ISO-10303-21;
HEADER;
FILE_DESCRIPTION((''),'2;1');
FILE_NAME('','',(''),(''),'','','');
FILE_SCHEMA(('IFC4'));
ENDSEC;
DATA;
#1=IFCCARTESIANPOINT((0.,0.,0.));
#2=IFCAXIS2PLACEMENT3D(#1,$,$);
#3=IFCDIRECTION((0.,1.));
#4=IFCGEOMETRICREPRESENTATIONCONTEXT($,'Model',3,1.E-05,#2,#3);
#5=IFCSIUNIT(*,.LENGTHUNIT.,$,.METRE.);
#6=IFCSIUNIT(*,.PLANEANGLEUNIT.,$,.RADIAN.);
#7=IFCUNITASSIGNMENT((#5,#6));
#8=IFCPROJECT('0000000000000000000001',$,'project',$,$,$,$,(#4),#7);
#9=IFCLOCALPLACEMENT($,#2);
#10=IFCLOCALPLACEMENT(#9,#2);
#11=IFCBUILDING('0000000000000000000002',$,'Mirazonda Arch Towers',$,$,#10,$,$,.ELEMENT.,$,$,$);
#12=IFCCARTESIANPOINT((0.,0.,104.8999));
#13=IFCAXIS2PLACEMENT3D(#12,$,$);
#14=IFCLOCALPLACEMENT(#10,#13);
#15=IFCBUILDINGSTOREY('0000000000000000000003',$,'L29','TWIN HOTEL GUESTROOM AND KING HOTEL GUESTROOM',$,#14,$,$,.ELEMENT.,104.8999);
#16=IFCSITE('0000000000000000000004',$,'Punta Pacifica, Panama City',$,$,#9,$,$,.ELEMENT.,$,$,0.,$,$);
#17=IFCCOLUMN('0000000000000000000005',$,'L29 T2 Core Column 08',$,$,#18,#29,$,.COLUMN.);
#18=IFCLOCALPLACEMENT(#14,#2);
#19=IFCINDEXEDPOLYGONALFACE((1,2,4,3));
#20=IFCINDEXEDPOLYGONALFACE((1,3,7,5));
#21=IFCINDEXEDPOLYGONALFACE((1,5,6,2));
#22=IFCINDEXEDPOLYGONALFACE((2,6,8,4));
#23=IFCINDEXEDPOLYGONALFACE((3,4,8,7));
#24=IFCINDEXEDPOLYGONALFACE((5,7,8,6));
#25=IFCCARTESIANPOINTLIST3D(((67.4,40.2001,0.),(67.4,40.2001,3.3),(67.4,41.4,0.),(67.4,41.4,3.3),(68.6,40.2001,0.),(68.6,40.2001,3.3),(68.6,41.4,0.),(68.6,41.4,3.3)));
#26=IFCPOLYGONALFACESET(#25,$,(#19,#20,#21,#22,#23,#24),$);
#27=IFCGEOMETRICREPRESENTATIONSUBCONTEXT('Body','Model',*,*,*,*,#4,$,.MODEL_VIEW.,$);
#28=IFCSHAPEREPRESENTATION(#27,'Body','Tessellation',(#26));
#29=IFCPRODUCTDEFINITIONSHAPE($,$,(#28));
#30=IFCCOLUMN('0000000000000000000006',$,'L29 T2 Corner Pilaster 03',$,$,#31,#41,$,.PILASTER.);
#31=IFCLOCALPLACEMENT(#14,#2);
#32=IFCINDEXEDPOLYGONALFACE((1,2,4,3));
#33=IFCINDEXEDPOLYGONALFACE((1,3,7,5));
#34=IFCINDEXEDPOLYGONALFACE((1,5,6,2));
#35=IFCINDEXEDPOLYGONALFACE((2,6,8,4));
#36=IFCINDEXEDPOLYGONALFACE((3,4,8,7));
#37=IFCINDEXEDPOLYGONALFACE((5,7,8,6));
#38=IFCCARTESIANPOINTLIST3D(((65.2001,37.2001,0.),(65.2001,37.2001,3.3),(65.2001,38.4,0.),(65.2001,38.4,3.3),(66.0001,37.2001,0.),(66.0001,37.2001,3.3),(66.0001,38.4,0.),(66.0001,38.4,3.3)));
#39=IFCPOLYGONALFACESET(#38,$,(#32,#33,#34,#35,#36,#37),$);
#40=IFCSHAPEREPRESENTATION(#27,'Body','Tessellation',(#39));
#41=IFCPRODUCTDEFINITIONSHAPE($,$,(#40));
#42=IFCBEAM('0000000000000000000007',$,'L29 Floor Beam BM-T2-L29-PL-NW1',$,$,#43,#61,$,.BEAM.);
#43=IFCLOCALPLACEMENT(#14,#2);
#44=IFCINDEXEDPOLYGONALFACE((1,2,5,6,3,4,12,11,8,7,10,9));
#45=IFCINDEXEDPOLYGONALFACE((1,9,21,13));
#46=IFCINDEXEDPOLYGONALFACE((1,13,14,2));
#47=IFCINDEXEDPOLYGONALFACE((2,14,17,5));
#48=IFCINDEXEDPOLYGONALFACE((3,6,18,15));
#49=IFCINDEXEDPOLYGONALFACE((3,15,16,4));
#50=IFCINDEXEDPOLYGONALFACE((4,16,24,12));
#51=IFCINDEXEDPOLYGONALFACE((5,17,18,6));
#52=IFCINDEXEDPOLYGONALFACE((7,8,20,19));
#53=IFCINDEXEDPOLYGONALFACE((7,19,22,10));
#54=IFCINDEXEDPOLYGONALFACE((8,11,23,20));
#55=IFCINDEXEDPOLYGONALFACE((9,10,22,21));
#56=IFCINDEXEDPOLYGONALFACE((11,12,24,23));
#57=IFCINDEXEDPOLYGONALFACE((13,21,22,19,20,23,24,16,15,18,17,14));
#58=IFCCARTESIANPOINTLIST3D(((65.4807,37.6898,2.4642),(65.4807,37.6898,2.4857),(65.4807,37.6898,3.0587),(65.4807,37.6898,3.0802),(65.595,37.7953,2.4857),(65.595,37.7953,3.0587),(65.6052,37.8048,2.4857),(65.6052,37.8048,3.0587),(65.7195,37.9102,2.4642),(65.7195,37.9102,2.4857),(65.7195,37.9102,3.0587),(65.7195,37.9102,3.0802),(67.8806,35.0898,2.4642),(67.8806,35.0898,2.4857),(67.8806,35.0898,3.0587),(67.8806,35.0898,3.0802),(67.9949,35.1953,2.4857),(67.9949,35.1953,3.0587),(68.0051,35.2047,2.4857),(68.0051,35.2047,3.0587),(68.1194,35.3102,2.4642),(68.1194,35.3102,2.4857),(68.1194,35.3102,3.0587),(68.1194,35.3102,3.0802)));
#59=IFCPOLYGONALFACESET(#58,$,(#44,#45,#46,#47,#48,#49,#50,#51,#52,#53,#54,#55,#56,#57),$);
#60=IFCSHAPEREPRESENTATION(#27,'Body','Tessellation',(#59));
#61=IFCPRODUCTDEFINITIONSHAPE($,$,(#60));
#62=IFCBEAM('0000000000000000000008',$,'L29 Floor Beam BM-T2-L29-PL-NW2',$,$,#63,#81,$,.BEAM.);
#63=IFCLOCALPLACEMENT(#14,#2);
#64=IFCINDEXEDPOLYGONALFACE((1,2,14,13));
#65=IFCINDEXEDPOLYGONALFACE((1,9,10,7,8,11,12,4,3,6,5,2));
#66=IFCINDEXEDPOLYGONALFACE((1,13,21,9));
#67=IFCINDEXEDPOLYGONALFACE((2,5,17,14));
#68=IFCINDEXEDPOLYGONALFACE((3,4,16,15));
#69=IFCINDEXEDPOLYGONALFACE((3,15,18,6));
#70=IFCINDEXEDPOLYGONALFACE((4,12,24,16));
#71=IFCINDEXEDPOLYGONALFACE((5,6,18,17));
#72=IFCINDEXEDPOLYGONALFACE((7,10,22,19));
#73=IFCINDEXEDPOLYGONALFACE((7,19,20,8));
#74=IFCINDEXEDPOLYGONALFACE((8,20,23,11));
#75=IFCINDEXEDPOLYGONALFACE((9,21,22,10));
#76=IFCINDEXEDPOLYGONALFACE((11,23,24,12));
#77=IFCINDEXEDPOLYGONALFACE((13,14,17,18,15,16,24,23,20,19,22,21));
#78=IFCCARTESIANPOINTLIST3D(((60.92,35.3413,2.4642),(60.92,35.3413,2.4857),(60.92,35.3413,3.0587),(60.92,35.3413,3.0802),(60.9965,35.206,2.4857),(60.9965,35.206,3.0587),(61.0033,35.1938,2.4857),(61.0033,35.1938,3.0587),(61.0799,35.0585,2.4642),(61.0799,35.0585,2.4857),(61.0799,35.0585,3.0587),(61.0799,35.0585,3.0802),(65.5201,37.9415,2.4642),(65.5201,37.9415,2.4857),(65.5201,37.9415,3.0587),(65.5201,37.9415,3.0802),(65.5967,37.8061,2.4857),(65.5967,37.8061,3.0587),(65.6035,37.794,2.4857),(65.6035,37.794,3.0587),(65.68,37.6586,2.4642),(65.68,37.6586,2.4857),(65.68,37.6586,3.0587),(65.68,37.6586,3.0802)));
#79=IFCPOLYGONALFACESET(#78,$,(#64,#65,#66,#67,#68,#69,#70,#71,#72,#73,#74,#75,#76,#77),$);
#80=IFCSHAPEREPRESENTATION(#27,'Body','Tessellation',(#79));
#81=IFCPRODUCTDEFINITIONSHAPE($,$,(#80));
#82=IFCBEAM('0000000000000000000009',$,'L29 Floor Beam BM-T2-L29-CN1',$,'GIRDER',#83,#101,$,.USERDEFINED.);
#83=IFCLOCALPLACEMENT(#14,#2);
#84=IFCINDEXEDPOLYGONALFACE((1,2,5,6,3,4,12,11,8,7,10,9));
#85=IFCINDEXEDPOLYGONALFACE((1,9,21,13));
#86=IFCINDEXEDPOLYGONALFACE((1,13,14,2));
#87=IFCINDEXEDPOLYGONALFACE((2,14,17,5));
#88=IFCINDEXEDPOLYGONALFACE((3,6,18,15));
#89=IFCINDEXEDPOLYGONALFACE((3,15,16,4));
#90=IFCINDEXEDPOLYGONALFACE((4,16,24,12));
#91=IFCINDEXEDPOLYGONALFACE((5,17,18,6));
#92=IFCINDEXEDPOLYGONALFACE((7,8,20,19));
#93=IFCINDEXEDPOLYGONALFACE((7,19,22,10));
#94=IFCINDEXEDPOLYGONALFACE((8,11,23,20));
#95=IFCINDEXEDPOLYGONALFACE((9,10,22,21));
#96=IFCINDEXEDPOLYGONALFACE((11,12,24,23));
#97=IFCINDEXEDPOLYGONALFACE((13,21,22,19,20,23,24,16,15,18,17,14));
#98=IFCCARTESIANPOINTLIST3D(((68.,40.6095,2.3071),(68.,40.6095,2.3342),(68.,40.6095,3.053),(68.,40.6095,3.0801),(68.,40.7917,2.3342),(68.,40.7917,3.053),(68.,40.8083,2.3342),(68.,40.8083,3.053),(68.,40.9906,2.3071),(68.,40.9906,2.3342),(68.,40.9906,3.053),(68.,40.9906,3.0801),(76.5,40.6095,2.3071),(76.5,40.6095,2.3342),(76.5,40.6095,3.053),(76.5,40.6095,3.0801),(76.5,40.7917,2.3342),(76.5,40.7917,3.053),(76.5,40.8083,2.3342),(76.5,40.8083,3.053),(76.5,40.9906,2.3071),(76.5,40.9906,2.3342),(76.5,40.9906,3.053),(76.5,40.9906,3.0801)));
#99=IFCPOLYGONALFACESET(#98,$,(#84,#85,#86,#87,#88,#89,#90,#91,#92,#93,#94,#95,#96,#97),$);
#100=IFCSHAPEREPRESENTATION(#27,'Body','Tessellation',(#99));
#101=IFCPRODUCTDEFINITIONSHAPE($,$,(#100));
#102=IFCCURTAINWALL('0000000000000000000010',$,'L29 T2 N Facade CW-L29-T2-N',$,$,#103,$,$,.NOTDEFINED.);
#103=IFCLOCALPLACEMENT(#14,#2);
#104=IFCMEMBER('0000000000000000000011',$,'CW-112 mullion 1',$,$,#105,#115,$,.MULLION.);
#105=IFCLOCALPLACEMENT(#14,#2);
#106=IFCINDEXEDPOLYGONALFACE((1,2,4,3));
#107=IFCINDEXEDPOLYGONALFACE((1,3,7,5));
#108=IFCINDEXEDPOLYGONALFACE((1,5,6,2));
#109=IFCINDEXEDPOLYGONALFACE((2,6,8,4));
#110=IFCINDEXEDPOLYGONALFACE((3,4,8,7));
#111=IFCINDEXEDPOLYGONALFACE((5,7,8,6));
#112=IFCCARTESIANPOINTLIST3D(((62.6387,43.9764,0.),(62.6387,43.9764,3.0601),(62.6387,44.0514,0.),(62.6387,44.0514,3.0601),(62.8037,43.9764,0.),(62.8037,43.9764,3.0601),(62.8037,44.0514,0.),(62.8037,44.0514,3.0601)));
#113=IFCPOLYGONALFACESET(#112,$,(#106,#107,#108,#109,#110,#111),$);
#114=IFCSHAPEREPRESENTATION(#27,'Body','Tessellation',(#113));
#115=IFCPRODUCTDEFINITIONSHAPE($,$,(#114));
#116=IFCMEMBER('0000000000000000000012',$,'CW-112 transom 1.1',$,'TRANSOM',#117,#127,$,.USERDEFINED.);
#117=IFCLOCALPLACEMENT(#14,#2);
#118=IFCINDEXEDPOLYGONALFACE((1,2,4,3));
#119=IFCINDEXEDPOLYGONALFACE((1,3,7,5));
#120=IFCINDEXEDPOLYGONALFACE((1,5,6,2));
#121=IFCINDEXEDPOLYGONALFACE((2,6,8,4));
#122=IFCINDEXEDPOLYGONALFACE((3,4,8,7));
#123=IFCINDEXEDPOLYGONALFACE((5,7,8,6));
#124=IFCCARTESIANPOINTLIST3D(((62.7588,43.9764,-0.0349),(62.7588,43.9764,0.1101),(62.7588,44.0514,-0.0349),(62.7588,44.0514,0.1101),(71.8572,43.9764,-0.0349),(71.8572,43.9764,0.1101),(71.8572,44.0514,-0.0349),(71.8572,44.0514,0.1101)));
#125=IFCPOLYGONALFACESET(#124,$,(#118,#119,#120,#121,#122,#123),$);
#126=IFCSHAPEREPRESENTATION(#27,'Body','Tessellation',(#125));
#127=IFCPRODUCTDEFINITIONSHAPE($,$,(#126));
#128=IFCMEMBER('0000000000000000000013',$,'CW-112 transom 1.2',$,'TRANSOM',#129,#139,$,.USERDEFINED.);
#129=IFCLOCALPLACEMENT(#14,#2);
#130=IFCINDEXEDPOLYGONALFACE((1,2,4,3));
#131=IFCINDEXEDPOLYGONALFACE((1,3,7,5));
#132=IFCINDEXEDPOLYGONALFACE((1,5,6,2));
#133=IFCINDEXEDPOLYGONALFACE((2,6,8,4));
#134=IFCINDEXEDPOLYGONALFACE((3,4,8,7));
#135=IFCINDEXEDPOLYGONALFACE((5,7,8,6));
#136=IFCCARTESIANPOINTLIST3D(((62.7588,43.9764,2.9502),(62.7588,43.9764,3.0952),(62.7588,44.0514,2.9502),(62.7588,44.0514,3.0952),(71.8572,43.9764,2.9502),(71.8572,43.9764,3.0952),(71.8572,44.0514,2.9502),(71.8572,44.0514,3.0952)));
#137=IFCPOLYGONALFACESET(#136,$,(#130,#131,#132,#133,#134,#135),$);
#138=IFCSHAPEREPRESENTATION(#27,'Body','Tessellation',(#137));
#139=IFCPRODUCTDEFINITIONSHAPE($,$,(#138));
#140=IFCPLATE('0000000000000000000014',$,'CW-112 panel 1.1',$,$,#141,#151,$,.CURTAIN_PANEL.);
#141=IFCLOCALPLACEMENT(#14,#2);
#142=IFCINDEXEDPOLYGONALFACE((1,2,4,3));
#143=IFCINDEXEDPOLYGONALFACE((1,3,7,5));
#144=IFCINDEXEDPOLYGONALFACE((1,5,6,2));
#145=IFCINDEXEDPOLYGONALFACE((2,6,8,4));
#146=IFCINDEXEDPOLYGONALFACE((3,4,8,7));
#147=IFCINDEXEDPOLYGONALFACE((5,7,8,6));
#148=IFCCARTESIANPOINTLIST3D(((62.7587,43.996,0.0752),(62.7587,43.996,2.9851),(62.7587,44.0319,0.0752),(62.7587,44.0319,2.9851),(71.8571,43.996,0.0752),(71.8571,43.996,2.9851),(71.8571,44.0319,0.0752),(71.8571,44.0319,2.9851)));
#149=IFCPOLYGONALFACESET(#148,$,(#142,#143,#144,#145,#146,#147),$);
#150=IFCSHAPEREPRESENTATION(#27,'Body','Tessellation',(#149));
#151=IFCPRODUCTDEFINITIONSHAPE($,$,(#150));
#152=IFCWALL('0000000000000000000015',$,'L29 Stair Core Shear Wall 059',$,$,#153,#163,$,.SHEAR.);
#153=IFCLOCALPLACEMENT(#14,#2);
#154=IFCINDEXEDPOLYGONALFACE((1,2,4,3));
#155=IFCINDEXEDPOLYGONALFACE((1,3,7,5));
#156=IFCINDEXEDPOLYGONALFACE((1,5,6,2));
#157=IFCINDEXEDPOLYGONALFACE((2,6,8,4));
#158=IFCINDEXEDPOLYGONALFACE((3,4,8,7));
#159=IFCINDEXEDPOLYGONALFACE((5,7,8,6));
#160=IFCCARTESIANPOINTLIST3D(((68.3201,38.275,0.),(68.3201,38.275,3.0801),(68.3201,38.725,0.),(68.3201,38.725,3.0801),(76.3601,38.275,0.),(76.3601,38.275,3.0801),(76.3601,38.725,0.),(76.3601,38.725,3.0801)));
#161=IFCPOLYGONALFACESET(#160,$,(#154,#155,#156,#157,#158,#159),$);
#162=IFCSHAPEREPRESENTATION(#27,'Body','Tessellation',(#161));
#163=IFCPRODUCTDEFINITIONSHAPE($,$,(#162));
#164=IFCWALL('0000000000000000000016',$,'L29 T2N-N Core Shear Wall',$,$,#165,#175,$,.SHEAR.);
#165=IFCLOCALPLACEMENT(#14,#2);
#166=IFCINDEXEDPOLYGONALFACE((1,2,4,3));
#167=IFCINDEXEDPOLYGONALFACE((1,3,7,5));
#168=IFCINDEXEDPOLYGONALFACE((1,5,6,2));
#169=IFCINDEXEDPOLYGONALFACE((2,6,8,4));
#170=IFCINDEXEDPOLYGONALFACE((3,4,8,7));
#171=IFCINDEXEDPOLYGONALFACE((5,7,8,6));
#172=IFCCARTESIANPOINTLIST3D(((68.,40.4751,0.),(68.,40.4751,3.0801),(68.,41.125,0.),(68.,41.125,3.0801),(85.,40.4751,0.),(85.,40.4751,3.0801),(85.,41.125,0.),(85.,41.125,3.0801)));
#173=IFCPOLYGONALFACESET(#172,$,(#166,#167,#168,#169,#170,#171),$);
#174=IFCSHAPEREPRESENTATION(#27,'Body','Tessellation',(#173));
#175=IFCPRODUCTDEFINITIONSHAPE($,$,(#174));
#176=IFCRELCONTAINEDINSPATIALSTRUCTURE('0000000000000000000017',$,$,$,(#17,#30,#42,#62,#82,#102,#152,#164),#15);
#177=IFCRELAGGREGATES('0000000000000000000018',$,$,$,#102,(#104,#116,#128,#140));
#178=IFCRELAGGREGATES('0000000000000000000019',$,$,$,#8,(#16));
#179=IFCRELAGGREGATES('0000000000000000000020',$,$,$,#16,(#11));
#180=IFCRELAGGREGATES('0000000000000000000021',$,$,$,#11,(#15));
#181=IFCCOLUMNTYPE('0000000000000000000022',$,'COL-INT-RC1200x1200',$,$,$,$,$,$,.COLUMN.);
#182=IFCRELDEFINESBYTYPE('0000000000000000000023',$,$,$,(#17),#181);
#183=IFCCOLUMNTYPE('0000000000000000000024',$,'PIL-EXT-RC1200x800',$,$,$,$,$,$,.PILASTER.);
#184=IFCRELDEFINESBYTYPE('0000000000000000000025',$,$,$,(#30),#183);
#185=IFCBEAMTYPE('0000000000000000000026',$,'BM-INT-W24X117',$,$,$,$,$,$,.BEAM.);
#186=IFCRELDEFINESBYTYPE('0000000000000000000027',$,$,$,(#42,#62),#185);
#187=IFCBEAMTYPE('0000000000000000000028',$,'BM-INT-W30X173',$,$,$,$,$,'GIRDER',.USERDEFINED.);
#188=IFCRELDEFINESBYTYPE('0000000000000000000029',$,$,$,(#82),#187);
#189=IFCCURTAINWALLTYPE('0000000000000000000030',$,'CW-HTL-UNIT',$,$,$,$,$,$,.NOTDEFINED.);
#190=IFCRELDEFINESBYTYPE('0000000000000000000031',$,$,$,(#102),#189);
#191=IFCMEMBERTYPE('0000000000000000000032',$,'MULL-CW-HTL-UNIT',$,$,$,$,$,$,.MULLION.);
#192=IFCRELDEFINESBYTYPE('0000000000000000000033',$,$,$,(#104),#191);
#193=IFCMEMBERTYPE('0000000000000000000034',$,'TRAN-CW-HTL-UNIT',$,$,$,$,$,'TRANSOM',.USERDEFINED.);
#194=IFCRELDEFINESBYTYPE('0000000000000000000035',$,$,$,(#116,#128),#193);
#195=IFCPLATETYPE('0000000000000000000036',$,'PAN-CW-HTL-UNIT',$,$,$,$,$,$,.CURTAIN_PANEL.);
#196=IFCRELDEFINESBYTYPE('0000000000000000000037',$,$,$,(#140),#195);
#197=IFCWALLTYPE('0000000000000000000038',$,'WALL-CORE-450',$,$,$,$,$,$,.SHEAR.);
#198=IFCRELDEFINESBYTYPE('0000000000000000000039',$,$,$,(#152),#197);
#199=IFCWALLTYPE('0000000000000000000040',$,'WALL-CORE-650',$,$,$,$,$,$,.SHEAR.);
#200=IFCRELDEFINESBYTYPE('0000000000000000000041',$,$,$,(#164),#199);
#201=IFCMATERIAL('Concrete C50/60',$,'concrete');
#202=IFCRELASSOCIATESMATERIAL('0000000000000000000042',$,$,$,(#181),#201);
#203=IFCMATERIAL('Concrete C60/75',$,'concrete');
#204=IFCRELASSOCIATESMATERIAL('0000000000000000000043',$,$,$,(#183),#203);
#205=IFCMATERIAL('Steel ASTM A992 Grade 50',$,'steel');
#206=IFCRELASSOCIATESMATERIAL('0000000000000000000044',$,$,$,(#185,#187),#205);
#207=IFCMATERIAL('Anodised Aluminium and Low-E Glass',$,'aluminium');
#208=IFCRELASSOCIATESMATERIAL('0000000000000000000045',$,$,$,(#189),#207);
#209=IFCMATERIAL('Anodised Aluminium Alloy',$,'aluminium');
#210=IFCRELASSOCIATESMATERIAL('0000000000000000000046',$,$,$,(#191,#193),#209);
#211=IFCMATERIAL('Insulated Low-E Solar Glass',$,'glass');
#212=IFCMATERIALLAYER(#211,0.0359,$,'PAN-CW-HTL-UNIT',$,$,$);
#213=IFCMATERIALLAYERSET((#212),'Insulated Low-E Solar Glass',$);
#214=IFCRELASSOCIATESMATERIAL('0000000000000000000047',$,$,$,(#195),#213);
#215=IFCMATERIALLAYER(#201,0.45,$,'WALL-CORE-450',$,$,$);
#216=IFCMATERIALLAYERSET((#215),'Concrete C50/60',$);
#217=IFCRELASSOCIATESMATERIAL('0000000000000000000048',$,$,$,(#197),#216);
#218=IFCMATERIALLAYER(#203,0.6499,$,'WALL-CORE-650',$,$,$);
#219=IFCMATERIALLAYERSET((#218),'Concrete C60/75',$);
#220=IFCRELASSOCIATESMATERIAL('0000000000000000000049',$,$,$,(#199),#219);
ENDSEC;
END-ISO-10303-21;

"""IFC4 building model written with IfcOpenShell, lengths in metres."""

from ifc_helpers import new_model, si_unit, direction, frame, frame_2d, origin, origin_2d, place, context, subcontext, project, spatial, rectangle, i_section, extrude, material, layer, layer_set, material_profile, profile_set, type_object, element, aggregate, save


model = new_model("IFC4")

# Units and contexts
model_context = context("Model", 3, precision=1e-05, world=origin(), true_north=direction((0.0, 1.0)))
body_context = subcontext(model_context, "Body", "Model", "MODEL_VIEW")
ifc_project = project(units=[si_unit("LENGTHUNIT", "METRE"), si_unit("PLANEANGLEUNIT", "RADIAN")], contexts=[model_context])

# Site, building, storey
site_placement = place(None, origin())
site = spatial("IfcSite", under=ifc_project, at=site_placement, Name="Punta Pacifica, Panama City", CompositionType="ELEMENT", RefElevation=0.0)
building_placement = place(site_placement, origin())
building = spatial("IfcBuilding", under=site, at=building_placement, Name="Mirazonda Arch Towers", CompositionType="ELEMENT")
storey_placement = place(building_placement, frame((0.0, 0.0, 104.8999)))
storey = spatial("IfcBuildingStorey", under=building, at=storey_placement, Name="L29", Description="TWIN HOTEL GUESTROOM AND KING HOTEL GUESTROOM", CompositionType="ELEMENT", Elevation=104.8999)

# Columns
ifc_material_1 = material(Name="Concrete C50/60", Category="concrete")
ifc_material_profile_1 = material_profile(ifc_material_1, rectangle(XDim=1.2, YDim=1.2, at=origin_2d()), Name="RC1200x1200")
ifc_profile_set_1 = profile_set([ifc_material_profile_1], Name="Concrete C50/60")
column_type_1 = type_object("IfcColumnType", Name="COL-INT-RC1200x1200", PredefinedType="COLUMN", material=ifc_profile_set_1)
column_1_placement = place(storey_placement, frame((68.0, 40.8, 0.0), z_axis=(0.0, 0.0, 1.0), x_axis=(1.0, 0.0, 0.0)))
element("IfcColumn", 1, at=column_1_placement, inside=storey, type_object=column_type_1, Name="L29 T2 Core Column 08", PredefinedType="COLUMN", context=body_context, shape_type="SweptSolid", body=[
    extrude(rectangle(XDim=1.2, YDim=1.2, at=origin_2d()), origin(), (0.0, 0.0, 1.0), 3.3),
])
ifc_material_2 = material(Name="Concrete C60/75", Category="concrete")
ifc_material_profile_2 = material_profile(ifc_material_2, rectangle(XDim=0.8, YDim=1.2, at=origin_2d()), Name="RC1200x800")
ifc_profile_set_2 = profile_set([ifc_material_profile_2], Name="Concrete C60/75")
column_type_2 = type_object("IfcColumnType", Name="PIL-EXT-RC1200x800", PredefinedType="PILASTER", material=ifc_profile_set_2)
column_2_placement = place(storey_placement, frame((65.6001, 37.8, 0.0), z_axis=(0.0, 0.0, 1.0), x_axis=(1.0, 0.0, 0.0)))
element("IfcColumn", 2, at=column_2_placement, inside=storey, type_object=column_type_2, Name="L29 T2 Corner Pilaster 03", PredefinedType="PILASTER", context=body_context, shape_type="SweptSolid", body=[
    extrude(rectangle(XDim=0.8, YDim=1.2, at=origin_2d()), origin(), (0.0, 0.0, 1.0), 3.3),
])

# Beams
ifc_material_3 = material(Name="Steel ASTM A992 Grade 50", Category="steel")
ifc_material_profile_3 = material_profile(ifc_material_3, i_section(OverallWidth=0.325, OverallDepth=0.616, WebThickness=0.0139, FlangeThickness=0.0215, at=origin_2d()), Name="W24X117")
ifc_profile_set_3 = profile_set([ifc_material_profile_3], Name="Steel ASTM A992 Grade 50")
beam_type_1 = type_object("IfcBeamType", Name="BM-INT-W24X117", PredefinedType="BEAM", material=ifc_profile_set_3)
beam_1_placement = place(storey_placement, frame((65.6001, 37.8, 2.7722), z_axis=(0.678251, -0.73483, 0.0), x_axis=(0.73483, 0.678251, 0.0)))
element("IfcBeam", 3, at=beam_1_placement, inside=storey, type_object=beam_type_1, Name="L29 Floor Beam BM-T2-L29-PL-NW1", PredefinedType="BEAM", context=body_context, shape_type="SweptSolid", body=[
    extrude(i_section(OverallWidth=0.325, OverallDepth=0.616, WebThickness=0.0139, FlangeThickness=0.0215, at=origin_2d()), origin(), (0.0, 0.0, 1.0), 3.5383),
])
beam_2_placement = place(storey_placement, frame((65.6001, 37.8, 2.7722), z_axis=(-0.870559, -0.492063, 0.0), x_axis=(0.492063, -0.870559, 0.0)))
element("IfcBeam", 4, at=beam_2_placement, inside=storey, type_object=beam_type_1, Name="L29 Floor Beam BM-T2-L29-PL-NW2", PredefinedType="BEAM", context=body_context, shape_type="SweptSolid", body=[
    extrude(i_section(OverallWidth=0.325, OverallDepth=0.616, WebThickness=0.0139, FlangeThickness=0.0215, at=origin_2d()), origin(), (0.0, 0.0, 1.0), 5.2842),
])
ifc_material_profile_4 = material_profile(ifc_material_3, i_section(OverallWidth=0.3811, OverallDepth=0.7729, WebThickness=0.0166, FlangeThickness=0.0271, at=origin_2d()), Name="W30X173")
ifc_profile_set_4 = profile_set([ifc_material_profile_4], Name="Steel ASTM A992 Grade 50")
beam_type_2 = type_object("IfcBeamType", Name="BM-INT-W30X173", ElementType="GIRDER", PredefinedType="USERDEFINED", material=ifc_profile_set_4)
beam_3_placement = place(storey_placement, frame((68.0, 40.8, 2.6936), z_axis=(1.0, 0.0, 0.0), x_axis=(0.0, 1.0, 0.0)))
element("IfcBeam", 5, at=beam_3_placement, inside=storey, type_object=beam_type_2, Name="L29 Floor Beam BM-T2-L29-CN1", ObjectType="GIRDER", PredefinedType="USERDEFINED", context=body_context, shape_type="SweptSolid", body=[
    extrude(i_section(OverallWidth=0.3811, OverallDepth=0.7729, WebThickness=0.0166, FlangeThickness=0.0271, at=origin_2d()), origin(), (0.0, 0.0, 1.0), 8.5),
])

# Curtain wall, members, plate
ifc_material_4 = material(Name="Anodised Aluminium and Low-E Glass", Category="aluminium")
curtain_wall_type = type_object("IfcCurtainWallType", Name="CW-HTL-UNIT", PredefinedType="NOTDEFINED", material=ifc_material_4)
curtain_wall_placement = place(storey_placement, origin())
curtain_wall = element("IfcCurtainWall", 6, at=curtain_wall_placement, inside=storey, type_object=curtain_wall_type, Name="L29 T2 N Facade CW-L29-T2-N", PredefinedType="NOTDEFINED")
ifc_material_5 = material(Name="Anodised Aluminium Alloy", Category="aluminium")
ifc_material_profile_5 = material_profile(ifc_material_5, rectangle(XDim=0.075, YDim=0.165, at=origin_2d()), Name="ALU-MULL-75x165")
ifc_profile_set_5 = profile_set([ifc_material_profile_5], Name="Anodised Aluminium Alloy")
member_type_1 = type_object("IfcMemberType", Name="MULL-CW-HTL-UNIT", PredefinedType="MULLION", material=ifc_profile_set_5)
member_1_placement = place(storey_placement, frame((62.7212, 44.0139, 0.0), z_axis=(0.0, 0.0, 1.0), x_axis=(0.0, 1.0, 0.0)))
member_1 = element("IfcMember", 7, at=member_1_placement, type_object=member_type_1, Name="CW-112 mullion 1", PredefinedType="MULLION", context=body_context, shape_type="SweptSolid", body=[
    extrude(rectangle(XDim=0.075, YDim=0.165, at=origin_2d()), origin(), (0.0, 0.0, 1.0), 3.0601),
])
ifc_material_profile_6 = material_profile(ifc_material_5, rectangle(XDim=0.075, YDim=0.145, at=origin_2d()), Name="ALU-TRAN-75x145")
ifc_profile_set_6 = profile_set([ifc_material_profile_6], Name="Anodised Aluminium Alloy")
member_type_2 = type_object("IfcMemberType", Name="TRAN-CW-HTL-UNIT", ElementType="TRANSOM", PredefinedType="USERDEFINED", material=ifc_profile_set_6)
member_2_placement = place(storey_placement, frame((62.7588, 44.0139, 0.0376), z_axis=(1.0, 0.0, 0.0), x_axis=(0.0, 1.0, 0.0)))
member_2 = element("IfcMember", 8, at=member_2_placement, type_object=member_type_2, Name="CW-112 transom 1.1", ObjectType="TRANSOM", PredefinedType="USERDEFINED", context=body_context, shape_type="SweptSolid", body=[
    extrude(rectangle(XDim=0.075, YDim=0.145, at=origin_2d()), origin(), (0.0, 0.0, 1.0), 9.0984),
])
member_3_placement = place(storey_placement, frame((62.7588, 44.0139, 3.0227), z_axis=(1.0, 0.0, 0.0), x_axis=(0.0, 1.0, 0.0)))
member_3 = element("IfcMember", 9, at=member_3_placement, type_object=member_type_2, Name="CW-112 transom 1.2", ObjectType="TRANSOM", PredefinedType="USERDEFINED", context=body_context, shape_type="SweptSolid", body=[
    extrude(rectangle(XDim=0.075, YDim=0.145, at=origin_2d()), origin(), (0.0, 0.0, 1.0), 9.0984),
])
ifc_material_6 = material(Name="Insulated Low-E Solar Glass", Category="glass")
ifc_layer_1 = layer(ifc_material_6, 0.0359, Name="PAN-CW-HTL-UNIT")
ifc_layer_set_1 = layer_set([ifc_layer_1], Name="Insulated Low-E Solar Glass")
plate_type = type_object("IfcPlateType", Name="PAN-CW-HTL-UNIT", PredefinedType="CURTAIN_PANEL", material=ifc_layer_set_1)
plate_placement = place(storey_placement, frame((67.3079, 44.0139, 0.0752), z_axis=(0.0, 0.0, 1.0), x_axis=(1.0, 0.0, 0.0)))
plate = element("IfcPlate", 10, at=plate_placement, type_object=plate_type, Name="CW-112 panel 1.1", PredefinedType="CURTAIN_PANEL", context=body_context, shape_type="SweptSolid", body=[
    extrude(rectangle(XDim=9.0984, YDim=0.0359, at=origin_2d()), origin(), (0.0, 0.0, 1.0), 2.9099),
])
aggregate(curtain_wall, [member_1, member_2, member_3, plate])

# Walls
ifc_layer_2 = layer(ifc_material_1, 0.45, Name="WALL-CORE-450")
ifc_layer_set_2 = layer_set([ifc_layer_2], Name="Concrete C50/60")
wall_type_1 = type_object("IfcWallType", Name="WALL-CORE-450", PredefinedType="SHEAR", material=ifc_layer_set_2)
wall_1_placement = place(storey_placement, frame((68.3201, 38.5, 0.0), z_axis=(0.0, 0.0, 1.0), x_axis=(1.0, 0.0, 0.0)))
element("IfcWall", 11, at=wall_1_placement, inside=storey, type_object=wall_type_1, Name="L29 Stair Core Shear Wall 059", PredefinedType="SHEAR", context=body_context, shape_type="SweptSolid", body=[
    extrude(rectangle(XDim=8.04, YDim=0.45, at=frame_2d((4.02, 0.0))), origin(), (0.0, 0.0, 1.0), 3.0801),
])
ifc_layer_3 = layer(ifc_material_2, 0.6499, Name="WALL-CORE-650")
ifc_layer_set_3 = layer_set([ifc_layer_3], Name="Concrete C60/75")
wall_type_2 = type_object("IfcWallType", Name="WALL-CORE-650", PredefinedType="SHEAR", material=ifc_layer_set_3)
wall_2_placement = place(storey_placement, frame((68.0, 40.8, 0.0), z_axis=(0.0, 0.0, 1.0), x_axis=(1.0, 0.0, 0.0)))
element("IfcWall", 12, at=wall_2_placement, inside=storey, type_object=wall_type_2, Name="L29 T2N-N Core Shear Wall", PredefinedType="SHEAR", context=body_context, shape_type="SweptSolid", body=[
    extrude(rectangle(XDim=17.0, YDim=0.6499, at=frame_2d((8.5, 0.0))), origin(), (0.0, 0.0, 1.0), 3.0801),
])

save(model, "model.ifc")
